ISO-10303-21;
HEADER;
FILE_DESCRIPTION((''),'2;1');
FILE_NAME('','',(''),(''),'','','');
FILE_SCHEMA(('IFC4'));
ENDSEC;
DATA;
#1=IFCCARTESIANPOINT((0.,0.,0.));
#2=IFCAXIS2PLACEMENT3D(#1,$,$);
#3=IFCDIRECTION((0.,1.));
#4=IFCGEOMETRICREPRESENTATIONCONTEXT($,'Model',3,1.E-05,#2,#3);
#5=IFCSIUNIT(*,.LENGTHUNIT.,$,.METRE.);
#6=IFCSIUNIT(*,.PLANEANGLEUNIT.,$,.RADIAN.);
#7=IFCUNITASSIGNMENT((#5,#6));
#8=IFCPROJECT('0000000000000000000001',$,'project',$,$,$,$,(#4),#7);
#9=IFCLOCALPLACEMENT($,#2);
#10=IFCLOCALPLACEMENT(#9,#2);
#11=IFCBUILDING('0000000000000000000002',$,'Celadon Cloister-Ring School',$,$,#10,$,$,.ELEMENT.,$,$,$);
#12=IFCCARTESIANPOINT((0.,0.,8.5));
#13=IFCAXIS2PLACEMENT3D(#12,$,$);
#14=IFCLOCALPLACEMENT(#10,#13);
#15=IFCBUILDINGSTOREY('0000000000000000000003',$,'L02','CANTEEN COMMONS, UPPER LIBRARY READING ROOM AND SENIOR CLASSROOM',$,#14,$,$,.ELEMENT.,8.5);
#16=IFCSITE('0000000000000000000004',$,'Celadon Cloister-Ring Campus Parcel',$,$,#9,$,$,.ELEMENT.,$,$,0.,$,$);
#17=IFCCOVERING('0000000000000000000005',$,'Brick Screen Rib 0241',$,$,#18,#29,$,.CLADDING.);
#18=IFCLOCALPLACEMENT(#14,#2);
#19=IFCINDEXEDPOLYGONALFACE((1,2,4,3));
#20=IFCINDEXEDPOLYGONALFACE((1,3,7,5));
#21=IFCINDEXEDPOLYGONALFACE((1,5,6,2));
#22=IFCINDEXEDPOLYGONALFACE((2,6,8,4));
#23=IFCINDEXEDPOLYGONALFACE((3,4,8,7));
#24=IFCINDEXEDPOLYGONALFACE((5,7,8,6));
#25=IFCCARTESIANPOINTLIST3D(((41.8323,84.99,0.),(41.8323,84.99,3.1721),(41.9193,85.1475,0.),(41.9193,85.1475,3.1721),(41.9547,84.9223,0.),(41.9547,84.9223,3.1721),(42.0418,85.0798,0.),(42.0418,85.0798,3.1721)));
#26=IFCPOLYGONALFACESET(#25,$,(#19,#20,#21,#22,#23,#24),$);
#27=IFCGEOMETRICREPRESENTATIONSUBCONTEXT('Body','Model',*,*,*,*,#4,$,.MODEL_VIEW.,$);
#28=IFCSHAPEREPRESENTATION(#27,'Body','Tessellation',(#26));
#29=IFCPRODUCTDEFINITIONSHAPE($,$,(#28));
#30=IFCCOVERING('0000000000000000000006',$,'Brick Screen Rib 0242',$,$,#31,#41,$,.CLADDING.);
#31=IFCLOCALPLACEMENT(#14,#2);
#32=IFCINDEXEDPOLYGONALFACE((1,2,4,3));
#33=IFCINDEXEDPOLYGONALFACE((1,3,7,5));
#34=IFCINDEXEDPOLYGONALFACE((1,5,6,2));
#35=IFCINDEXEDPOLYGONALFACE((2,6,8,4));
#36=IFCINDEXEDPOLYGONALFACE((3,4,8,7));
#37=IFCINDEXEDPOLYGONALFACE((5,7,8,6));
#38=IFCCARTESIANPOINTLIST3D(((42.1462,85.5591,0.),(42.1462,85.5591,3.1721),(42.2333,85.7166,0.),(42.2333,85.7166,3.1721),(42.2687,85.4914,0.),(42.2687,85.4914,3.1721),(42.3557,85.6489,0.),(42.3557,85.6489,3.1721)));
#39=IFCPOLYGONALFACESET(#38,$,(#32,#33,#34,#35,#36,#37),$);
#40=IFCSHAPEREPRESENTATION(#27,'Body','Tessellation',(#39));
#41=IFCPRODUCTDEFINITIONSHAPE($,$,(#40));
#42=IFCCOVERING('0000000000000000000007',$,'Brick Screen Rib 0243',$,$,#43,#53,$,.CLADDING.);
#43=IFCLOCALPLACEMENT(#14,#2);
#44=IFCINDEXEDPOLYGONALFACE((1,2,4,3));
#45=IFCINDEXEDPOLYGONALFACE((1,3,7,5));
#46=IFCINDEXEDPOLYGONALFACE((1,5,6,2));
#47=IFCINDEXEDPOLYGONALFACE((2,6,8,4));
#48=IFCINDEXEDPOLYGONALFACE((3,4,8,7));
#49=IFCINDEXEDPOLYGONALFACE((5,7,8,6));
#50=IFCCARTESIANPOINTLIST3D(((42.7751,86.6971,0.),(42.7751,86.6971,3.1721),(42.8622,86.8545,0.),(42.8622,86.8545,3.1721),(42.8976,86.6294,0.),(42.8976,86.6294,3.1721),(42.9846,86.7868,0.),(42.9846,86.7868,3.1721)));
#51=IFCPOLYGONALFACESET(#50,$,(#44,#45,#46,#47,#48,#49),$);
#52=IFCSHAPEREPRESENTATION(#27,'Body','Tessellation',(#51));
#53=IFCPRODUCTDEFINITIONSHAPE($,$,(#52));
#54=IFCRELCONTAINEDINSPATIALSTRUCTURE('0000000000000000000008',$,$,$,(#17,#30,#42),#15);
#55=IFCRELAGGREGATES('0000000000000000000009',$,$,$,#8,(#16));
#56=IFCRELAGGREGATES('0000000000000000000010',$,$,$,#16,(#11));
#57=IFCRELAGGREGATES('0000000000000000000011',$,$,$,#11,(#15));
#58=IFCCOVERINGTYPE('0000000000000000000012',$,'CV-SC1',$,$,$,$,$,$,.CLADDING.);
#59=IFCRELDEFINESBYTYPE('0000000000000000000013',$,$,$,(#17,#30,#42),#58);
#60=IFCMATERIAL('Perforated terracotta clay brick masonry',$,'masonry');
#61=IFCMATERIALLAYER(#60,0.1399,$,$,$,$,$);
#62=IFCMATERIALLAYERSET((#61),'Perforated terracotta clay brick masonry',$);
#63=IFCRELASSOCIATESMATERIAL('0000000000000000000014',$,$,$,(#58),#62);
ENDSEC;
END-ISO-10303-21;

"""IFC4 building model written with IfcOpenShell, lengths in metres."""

from ifc_helpers import new_model, si_unit, direction, frame, origin, origin_2d, place, context, subcontext, project, spatial, rectangle, extrude, material, layer, layer_set, type_object, element, save


model = new_model("IFC4")

# Units and contexts
model_context = context("Model", 3, precision=1e-05, world=origin(), true_north=direction((0.0, 1.0)))
body_context = subcontext(model_context, "Body", "Model", "MODEL_VIEW")
ifc_project = project(units=[si_unit("LENGTHUNIT", "METRE"), si_unit("PLANEANGLEUNIT", "RADIAN")], contexts=[model_context])

# Site, building, storey
site_placement = place(None, origin())
site = spatial("IfcSite", under=ifc_project, at=site_placement, Name="Celadon Cloister-Ring Campus Parcel", CompositionType="ELEMENT", RefElevation=0.0)
building_placement = place(site_placement, origin())
building = spatial("IfcBuilding", under=site, at=building_placement, Name="Celadon Cloister-Ring School", CompositionType="ELEMENT")
storey_placement = place(building_placement, frame((0.0, 0.0, 8.5)))
storey = spatial("IfcBuildingStorey", under=building, at=storey_placement, Name="L02", Description="CANTEEN COMMONS, UPPER LIBRARY READING ROOM AND SENIOR CLASSROOM", CompositionType="ELEMENT", Elevation=8.5)

# Coverings
ifc_material_1 = material(Name="Perforated terracotta clay brick masonry", Category="masonry")
ifc_layer_1 = layer(ifc_material_1, 0.1399)
ifc_layer_set_1 = layer_set([ifc_layer_1], Name="Perforated terracotta clay brick masonry")
covering_type = type_object("IfcCoveringType", Name="CV-SC1", PredefinedType="CLADDING", material=ifc_layer_set_1)
for number, where, z_axis, x_axis, name in (
    (1, (41.937, 85.0349, 0.0), (0.0, 0.0, 1.0), (0.483832, 0.875161, 0.0), "Brick Screen Rib 0241"),
    (2, (42.251, 85.604, 0.0), (0.0, 0.0, 1.0), (0.483832, 0.875161, 0.0), "Brick Screen Rib 0242"),
    (3, (42.8799, 86.7419, 0.0), (0.0, 0.0, 1.0), (0.483832, 0.875161, 0.0), "Brick Screen Rib 0243"),
):
    element("IfcCovering", number, at=place(storey_placement, frame(where, z_axis=z_axis, x_axis=x_axis)), inside=storey, type_object=covering_type, Name=name, PredefinedType="CLADDING", context=body_context, shape_type="SweptSolid", body=[
        extrude(rectangle(XDim=0.1799, YDim=0.1399, at=origin_2d()), origin(), (0.0, 0.0, 1.0), 3.1721),
    ])

save(model, "model.ifc")
